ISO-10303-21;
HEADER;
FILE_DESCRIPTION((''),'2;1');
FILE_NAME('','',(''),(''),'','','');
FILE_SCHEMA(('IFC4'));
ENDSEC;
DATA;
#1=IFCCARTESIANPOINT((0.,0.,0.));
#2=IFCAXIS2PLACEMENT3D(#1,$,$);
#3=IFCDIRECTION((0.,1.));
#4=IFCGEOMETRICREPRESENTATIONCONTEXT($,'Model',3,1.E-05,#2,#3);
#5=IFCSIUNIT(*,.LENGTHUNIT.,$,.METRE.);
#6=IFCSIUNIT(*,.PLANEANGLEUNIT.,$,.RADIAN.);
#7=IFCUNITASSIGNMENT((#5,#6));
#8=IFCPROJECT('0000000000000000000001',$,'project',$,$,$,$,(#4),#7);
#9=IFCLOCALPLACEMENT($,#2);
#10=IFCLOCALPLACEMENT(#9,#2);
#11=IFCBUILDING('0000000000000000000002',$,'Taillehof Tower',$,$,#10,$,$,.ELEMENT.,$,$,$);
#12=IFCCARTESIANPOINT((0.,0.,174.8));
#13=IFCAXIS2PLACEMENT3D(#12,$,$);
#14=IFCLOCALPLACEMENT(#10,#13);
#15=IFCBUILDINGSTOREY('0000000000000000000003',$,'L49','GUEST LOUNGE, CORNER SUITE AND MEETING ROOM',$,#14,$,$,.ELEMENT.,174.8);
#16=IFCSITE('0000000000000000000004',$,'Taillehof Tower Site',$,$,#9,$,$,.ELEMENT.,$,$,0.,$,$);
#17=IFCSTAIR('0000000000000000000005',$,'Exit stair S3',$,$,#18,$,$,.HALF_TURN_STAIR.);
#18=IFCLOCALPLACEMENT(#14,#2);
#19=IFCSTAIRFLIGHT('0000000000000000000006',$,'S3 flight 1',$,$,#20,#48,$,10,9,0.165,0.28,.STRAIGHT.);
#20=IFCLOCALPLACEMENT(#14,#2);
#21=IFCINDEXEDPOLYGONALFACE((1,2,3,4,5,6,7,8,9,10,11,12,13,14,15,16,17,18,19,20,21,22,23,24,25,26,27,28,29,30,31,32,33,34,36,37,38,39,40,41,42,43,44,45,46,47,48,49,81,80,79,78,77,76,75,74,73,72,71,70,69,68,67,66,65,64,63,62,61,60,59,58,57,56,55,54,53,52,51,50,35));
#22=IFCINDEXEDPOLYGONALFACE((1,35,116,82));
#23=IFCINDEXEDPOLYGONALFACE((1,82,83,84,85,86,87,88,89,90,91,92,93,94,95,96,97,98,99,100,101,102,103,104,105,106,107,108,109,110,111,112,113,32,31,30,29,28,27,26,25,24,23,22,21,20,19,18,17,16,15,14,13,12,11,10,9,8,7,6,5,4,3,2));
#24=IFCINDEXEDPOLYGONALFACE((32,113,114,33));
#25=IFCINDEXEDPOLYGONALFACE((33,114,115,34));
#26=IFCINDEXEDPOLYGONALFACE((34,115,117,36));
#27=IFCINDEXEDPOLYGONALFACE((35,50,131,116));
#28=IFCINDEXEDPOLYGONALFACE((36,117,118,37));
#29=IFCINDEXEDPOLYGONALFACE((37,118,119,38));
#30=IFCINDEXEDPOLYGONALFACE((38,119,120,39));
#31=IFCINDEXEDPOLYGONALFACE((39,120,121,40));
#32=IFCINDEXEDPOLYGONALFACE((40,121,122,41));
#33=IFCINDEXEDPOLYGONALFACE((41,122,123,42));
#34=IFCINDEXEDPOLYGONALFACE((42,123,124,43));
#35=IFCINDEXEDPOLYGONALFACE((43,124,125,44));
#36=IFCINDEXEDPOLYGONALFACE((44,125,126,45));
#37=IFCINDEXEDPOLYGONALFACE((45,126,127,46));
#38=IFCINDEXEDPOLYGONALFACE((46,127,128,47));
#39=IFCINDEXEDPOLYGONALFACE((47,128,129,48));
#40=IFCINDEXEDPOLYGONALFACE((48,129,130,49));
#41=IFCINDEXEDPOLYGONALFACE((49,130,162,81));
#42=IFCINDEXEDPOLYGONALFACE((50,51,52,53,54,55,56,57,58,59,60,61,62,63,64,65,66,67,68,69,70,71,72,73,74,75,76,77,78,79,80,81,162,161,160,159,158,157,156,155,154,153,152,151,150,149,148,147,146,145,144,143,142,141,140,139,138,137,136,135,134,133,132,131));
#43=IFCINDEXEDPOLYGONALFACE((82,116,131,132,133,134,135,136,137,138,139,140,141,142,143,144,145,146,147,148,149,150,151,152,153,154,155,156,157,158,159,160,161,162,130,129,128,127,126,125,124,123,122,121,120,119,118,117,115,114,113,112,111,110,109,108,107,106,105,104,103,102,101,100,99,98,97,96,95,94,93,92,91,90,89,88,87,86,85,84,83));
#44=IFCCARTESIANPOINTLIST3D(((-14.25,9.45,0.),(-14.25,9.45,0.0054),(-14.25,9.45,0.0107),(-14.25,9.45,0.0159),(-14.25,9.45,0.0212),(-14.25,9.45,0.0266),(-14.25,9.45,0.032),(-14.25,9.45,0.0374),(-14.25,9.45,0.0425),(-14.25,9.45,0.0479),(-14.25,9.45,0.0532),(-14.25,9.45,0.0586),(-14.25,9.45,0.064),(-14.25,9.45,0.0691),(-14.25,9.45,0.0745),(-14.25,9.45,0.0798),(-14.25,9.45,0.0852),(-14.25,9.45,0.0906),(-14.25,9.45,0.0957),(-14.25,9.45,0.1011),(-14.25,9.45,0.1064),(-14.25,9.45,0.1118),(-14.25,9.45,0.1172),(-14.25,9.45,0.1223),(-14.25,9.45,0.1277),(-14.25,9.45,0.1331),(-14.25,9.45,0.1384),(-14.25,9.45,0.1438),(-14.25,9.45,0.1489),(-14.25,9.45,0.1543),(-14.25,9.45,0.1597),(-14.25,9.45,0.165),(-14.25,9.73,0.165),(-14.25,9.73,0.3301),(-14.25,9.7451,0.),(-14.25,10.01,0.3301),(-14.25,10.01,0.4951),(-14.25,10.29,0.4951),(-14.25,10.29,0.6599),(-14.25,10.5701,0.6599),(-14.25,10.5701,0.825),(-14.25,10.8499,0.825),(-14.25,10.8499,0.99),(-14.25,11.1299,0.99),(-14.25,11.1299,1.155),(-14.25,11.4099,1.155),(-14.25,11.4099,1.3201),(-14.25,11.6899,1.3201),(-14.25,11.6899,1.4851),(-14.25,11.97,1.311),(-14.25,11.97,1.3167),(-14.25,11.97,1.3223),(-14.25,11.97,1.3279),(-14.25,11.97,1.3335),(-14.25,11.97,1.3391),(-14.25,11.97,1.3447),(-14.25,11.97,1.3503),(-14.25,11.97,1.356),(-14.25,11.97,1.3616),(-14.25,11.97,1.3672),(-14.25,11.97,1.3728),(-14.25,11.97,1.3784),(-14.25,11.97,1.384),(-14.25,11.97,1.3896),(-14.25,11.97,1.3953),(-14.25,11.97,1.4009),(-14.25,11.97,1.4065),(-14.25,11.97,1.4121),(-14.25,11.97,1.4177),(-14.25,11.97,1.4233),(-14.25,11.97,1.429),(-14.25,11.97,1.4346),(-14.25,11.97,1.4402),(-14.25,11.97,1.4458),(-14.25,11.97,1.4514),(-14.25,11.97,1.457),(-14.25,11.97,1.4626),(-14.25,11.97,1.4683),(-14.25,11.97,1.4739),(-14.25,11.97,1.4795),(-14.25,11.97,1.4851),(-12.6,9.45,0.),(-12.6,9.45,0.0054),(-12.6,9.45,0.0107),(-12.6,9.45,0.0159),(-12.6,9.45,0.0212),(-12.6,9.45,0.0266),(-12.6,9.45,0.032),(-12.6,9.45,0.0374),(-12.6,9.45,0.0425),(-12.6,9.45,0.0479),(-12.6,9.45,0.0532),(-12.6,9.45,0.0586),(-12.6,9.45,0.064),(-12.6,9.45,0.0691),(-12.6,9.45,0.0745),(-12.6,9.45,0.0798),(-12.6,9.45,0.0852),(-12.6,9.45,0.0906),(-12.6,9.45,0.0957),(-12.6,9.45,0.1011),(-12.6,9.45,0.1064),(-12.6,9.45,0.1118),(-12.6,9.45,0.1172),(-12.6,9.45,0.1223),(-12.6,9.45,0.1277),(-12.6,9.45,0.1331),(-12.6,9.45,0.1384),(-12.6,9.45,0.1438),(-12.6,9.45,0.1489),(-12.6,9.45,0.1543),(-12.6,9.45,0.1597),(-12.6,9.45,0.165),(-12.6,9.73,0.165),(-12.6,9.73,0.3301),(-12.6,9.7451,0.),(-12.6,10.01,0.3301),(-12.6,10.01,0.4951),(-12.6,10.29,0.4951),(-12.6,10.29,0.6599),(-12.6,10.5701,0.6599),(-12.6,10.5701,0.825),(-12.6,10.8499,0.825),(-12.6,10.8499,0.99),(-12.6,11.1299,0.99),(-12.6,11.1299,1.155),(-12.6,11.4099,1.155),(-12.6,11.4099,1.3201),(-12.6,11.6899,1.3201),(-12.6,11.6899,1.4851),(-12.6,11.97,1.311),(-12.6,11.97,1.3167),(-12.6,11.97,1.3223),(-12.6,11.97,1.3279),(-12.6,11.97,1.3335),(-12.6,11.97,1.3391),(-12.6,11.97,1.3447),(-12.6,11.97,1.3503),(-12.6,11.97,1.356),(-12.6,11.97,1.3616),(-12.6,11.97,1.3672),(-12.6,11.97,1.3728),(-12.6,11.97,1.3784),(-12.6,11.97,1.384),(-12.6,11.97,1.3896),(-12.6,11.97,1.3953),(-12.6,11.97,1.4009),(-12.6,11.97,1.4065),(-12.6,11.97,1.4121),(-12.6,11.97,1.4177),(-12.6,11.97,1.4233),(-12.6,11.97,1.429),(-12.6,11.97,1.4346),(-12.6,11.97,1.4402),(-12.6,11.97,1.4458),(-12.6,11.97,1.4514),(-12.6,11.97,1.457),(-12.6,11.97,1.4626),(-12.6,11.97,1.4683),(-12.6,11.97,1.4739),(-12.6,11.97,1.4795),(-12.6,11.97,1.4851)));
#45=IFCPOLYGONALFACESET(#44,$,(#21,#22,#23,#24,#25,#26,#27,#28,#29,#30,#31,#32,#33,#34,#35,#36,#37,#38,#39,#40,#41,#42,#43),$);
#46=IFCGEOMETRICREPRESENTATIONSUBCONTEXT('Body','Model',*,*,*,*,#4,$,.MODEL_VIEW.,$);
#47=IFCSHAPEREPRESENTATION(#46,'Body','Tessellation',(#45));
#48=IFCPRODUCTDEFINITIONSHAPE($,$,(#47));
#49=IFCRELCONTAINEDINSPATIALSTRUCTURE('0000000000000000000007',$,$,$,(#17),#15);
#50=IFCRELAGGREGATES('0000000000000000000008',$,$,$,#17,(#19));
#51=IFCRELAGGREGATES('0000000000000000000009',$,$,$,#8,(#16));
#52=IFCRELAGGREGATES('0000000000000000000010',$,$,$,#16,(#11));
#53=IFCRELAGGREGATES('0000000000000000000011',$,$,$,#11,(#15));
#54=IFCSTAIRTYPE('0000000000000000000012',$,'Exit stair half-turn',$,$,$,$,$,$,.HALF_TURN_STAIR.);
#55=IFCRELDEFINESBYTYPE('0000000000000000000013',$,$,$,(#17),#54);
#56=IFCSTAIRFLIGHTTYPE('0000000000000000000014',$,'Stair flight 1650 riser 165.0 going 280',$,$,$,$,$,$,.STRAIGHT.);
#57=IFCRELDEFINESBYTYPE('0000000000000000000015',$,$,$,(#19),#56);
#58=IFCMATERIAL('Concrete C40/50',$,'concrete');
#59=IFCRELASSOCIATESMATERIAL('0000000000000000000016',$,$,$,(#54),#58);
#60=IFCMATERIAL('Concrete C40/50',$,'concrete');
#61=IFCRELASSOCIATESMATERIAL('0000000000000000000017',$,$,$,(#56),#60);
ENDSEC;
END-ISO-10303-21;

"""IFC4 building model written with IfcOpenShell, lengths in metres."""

from ifc_helpers import new_model, si_unit, direction, frame, origin, place, context, subcontext, project, spatial, polyline, outline, extrude, material, type_object, element, aggregate, save


model = new_model("IFC4")

# Units and contexts
model_context = context("Model", 3, precision=1e-05, world=origin(), true_north=direction((0.0, 1.0)))
body_context = subcontext(model_context, "Body", "Model", "MODEL_VIEW")
ifc_project = project(units=[si_unit("LENGTHUNIT", "METRE"), si_unit("PLANEANGLEUNIT", "RADIAN")], contexts=[model_context])

# Site, building, storey
site_placement = place(None, origin())
site = spatial("IfcSite", under=ifc_project, at=site_placement, Name="Taillehof Tower Site", CompositionType="ELEMENT", RefElevation=0.0)
building_placement = place(site_placement, origin())
building = spatial("IfcBuilding", under=site, at=building_placement, Name="Taillehof Tower", CompositionType="ELEMENT")
storey_placement = place(building_placement, frame((0.0, 0.0, 174.8)))
storey = spatial("IfcBuildingStorey", under=building, at=storey_placement, Name="L49", Description="GUEST LOUNGE, CORNER SUITE AND MEETING ROOM", CompositionType="ELEMENT", Elevation=174.8)

# Stair, stair flight
ifc_material_1 = material(Name="Concrete C40/50", Category="concrete")
stair_type = type_object("IfcStairType", Name="Exit stair half-turn", PredefinedType="HALF_TURN_STAIR", material=ifc_material_1)
stair_placement = place(storey_placement, origin())
stair = element("IfcStair", 1, at=stair_placement, inside=storey, type_object=stair_type, Name="Exit stair S3", PredefinedType="HALF_TURN_STAIR")
ifc_material_2 = material(Name="Concrete C40/50", Category="concrete")
stair_flight_type = type_object("IfcStairFlightType", Name="Stair flight 1650 riser 165.0 going 280", PredefinedType="STRAIGHT", material=ifc_material_2)
stair_flight_placement = place(storey_placement, frame((-13.425, 9.45, 0.0), z_axis=(0.0, 0.0, 1.0), x_axis=(0.0, 1.0, 0.0)))
stair_flight = element("IfcStairFlight", 2, at=stair_flight_placement, type_object=stair_flight_type, Name="S3 flight 1", NumberOfRisers=10, NumberOfTreads=9, PredefinedType="STRAIGHT", RiserHeight=0.165, TreadLength=0.28, context=body_context, shape_type="SweptSolid", body=[
    extrude(outline(polyline([(0.0, 0.0), (0.0, 0.0054), (0.0, 0.0107), (0.0, 0.0159), (0.0, 0.0212), (0.0, 0.0266), (0.0, 0.032), (0.0, 0.0374), (0.0, 0.0425), (0.0, 0.0479), (0.0, 0.0532), (0.0, 0.0586), (0.0, 0.064), (0.0, 0.0691), (0.0, 0.0745), (0.0, 0.0798), (0.0, 0.0852), (0.0, 0.0906), (0.0, 0.0957), (0.0, 0.1011), (0.0, 0.1064), (0.0, 0.1118), (0.0, 0.1172), (0.0, 0.1223), (0.0, 0.1277), (0.0, 0.1331), (0.0, 0.1384), (0.0, 0.1438), (0.0, 0.1489), (0.0, 0.1543), (0.0, 0.1597), (0.0, 0.165), (0.28, 0.165), (0.28, 0.3301), (0.5601, 0.3301), (0.5601, 0.4951), (0.8401, 0.4951), (0.8401, 0.6599), (1.1201, 0.6599), (1.1201, 0.825), (1.3999, 0.825), (1.3999, 0.99), (1.6799, 0.99), (1.6799, 1.155), (1.96, 1.155), (1.96, 1.3201), (2.24, 1.3201), (2.24, 1.4851), (2.52, 1.4851), (2.52, 1.4795), (2.52, 1.4739), (2.52, 1.4683), (2.52, 1.4626), (2.52, 1.457), (2.52, 1.4514), (2.52, 1.4458), (2.52, 1.4402), (2.52, 1.4346), (2.52, 1.429), (2.52, 1.4233), (2.52, 1.4177), (2.52, 1.4121), (2.52, 1.4065), (2.52, 1.4009), (2.52, 1.3953), (2.52, 1.3896), (2.52, 1.384), (2.52, 1.3784), (2.52, 1.3728), (2.52, 1.3672), (2.52, 1.3616), (2.52, 1.356), (2.52, 1.3503), (2.52, 1.3447), (2.52, 1.3391), (2.52, 1.3335), (2.52, 1.3279), (2.52, 1.3223), (2.52, 1.3167), (2.52, 1.311), (0.2952, 0.0), (0.0, 0.0)])), frame((0.0, 0.825, 0.0), z_axis=(0.0, -1.0, 0.0), x_axis=(1.0, 0.0, 0.0)), (0.0, 0.0, 1.0), 1.65),
])
aggregate(stair, [stair_flight])

save(model, "model.ifc")
